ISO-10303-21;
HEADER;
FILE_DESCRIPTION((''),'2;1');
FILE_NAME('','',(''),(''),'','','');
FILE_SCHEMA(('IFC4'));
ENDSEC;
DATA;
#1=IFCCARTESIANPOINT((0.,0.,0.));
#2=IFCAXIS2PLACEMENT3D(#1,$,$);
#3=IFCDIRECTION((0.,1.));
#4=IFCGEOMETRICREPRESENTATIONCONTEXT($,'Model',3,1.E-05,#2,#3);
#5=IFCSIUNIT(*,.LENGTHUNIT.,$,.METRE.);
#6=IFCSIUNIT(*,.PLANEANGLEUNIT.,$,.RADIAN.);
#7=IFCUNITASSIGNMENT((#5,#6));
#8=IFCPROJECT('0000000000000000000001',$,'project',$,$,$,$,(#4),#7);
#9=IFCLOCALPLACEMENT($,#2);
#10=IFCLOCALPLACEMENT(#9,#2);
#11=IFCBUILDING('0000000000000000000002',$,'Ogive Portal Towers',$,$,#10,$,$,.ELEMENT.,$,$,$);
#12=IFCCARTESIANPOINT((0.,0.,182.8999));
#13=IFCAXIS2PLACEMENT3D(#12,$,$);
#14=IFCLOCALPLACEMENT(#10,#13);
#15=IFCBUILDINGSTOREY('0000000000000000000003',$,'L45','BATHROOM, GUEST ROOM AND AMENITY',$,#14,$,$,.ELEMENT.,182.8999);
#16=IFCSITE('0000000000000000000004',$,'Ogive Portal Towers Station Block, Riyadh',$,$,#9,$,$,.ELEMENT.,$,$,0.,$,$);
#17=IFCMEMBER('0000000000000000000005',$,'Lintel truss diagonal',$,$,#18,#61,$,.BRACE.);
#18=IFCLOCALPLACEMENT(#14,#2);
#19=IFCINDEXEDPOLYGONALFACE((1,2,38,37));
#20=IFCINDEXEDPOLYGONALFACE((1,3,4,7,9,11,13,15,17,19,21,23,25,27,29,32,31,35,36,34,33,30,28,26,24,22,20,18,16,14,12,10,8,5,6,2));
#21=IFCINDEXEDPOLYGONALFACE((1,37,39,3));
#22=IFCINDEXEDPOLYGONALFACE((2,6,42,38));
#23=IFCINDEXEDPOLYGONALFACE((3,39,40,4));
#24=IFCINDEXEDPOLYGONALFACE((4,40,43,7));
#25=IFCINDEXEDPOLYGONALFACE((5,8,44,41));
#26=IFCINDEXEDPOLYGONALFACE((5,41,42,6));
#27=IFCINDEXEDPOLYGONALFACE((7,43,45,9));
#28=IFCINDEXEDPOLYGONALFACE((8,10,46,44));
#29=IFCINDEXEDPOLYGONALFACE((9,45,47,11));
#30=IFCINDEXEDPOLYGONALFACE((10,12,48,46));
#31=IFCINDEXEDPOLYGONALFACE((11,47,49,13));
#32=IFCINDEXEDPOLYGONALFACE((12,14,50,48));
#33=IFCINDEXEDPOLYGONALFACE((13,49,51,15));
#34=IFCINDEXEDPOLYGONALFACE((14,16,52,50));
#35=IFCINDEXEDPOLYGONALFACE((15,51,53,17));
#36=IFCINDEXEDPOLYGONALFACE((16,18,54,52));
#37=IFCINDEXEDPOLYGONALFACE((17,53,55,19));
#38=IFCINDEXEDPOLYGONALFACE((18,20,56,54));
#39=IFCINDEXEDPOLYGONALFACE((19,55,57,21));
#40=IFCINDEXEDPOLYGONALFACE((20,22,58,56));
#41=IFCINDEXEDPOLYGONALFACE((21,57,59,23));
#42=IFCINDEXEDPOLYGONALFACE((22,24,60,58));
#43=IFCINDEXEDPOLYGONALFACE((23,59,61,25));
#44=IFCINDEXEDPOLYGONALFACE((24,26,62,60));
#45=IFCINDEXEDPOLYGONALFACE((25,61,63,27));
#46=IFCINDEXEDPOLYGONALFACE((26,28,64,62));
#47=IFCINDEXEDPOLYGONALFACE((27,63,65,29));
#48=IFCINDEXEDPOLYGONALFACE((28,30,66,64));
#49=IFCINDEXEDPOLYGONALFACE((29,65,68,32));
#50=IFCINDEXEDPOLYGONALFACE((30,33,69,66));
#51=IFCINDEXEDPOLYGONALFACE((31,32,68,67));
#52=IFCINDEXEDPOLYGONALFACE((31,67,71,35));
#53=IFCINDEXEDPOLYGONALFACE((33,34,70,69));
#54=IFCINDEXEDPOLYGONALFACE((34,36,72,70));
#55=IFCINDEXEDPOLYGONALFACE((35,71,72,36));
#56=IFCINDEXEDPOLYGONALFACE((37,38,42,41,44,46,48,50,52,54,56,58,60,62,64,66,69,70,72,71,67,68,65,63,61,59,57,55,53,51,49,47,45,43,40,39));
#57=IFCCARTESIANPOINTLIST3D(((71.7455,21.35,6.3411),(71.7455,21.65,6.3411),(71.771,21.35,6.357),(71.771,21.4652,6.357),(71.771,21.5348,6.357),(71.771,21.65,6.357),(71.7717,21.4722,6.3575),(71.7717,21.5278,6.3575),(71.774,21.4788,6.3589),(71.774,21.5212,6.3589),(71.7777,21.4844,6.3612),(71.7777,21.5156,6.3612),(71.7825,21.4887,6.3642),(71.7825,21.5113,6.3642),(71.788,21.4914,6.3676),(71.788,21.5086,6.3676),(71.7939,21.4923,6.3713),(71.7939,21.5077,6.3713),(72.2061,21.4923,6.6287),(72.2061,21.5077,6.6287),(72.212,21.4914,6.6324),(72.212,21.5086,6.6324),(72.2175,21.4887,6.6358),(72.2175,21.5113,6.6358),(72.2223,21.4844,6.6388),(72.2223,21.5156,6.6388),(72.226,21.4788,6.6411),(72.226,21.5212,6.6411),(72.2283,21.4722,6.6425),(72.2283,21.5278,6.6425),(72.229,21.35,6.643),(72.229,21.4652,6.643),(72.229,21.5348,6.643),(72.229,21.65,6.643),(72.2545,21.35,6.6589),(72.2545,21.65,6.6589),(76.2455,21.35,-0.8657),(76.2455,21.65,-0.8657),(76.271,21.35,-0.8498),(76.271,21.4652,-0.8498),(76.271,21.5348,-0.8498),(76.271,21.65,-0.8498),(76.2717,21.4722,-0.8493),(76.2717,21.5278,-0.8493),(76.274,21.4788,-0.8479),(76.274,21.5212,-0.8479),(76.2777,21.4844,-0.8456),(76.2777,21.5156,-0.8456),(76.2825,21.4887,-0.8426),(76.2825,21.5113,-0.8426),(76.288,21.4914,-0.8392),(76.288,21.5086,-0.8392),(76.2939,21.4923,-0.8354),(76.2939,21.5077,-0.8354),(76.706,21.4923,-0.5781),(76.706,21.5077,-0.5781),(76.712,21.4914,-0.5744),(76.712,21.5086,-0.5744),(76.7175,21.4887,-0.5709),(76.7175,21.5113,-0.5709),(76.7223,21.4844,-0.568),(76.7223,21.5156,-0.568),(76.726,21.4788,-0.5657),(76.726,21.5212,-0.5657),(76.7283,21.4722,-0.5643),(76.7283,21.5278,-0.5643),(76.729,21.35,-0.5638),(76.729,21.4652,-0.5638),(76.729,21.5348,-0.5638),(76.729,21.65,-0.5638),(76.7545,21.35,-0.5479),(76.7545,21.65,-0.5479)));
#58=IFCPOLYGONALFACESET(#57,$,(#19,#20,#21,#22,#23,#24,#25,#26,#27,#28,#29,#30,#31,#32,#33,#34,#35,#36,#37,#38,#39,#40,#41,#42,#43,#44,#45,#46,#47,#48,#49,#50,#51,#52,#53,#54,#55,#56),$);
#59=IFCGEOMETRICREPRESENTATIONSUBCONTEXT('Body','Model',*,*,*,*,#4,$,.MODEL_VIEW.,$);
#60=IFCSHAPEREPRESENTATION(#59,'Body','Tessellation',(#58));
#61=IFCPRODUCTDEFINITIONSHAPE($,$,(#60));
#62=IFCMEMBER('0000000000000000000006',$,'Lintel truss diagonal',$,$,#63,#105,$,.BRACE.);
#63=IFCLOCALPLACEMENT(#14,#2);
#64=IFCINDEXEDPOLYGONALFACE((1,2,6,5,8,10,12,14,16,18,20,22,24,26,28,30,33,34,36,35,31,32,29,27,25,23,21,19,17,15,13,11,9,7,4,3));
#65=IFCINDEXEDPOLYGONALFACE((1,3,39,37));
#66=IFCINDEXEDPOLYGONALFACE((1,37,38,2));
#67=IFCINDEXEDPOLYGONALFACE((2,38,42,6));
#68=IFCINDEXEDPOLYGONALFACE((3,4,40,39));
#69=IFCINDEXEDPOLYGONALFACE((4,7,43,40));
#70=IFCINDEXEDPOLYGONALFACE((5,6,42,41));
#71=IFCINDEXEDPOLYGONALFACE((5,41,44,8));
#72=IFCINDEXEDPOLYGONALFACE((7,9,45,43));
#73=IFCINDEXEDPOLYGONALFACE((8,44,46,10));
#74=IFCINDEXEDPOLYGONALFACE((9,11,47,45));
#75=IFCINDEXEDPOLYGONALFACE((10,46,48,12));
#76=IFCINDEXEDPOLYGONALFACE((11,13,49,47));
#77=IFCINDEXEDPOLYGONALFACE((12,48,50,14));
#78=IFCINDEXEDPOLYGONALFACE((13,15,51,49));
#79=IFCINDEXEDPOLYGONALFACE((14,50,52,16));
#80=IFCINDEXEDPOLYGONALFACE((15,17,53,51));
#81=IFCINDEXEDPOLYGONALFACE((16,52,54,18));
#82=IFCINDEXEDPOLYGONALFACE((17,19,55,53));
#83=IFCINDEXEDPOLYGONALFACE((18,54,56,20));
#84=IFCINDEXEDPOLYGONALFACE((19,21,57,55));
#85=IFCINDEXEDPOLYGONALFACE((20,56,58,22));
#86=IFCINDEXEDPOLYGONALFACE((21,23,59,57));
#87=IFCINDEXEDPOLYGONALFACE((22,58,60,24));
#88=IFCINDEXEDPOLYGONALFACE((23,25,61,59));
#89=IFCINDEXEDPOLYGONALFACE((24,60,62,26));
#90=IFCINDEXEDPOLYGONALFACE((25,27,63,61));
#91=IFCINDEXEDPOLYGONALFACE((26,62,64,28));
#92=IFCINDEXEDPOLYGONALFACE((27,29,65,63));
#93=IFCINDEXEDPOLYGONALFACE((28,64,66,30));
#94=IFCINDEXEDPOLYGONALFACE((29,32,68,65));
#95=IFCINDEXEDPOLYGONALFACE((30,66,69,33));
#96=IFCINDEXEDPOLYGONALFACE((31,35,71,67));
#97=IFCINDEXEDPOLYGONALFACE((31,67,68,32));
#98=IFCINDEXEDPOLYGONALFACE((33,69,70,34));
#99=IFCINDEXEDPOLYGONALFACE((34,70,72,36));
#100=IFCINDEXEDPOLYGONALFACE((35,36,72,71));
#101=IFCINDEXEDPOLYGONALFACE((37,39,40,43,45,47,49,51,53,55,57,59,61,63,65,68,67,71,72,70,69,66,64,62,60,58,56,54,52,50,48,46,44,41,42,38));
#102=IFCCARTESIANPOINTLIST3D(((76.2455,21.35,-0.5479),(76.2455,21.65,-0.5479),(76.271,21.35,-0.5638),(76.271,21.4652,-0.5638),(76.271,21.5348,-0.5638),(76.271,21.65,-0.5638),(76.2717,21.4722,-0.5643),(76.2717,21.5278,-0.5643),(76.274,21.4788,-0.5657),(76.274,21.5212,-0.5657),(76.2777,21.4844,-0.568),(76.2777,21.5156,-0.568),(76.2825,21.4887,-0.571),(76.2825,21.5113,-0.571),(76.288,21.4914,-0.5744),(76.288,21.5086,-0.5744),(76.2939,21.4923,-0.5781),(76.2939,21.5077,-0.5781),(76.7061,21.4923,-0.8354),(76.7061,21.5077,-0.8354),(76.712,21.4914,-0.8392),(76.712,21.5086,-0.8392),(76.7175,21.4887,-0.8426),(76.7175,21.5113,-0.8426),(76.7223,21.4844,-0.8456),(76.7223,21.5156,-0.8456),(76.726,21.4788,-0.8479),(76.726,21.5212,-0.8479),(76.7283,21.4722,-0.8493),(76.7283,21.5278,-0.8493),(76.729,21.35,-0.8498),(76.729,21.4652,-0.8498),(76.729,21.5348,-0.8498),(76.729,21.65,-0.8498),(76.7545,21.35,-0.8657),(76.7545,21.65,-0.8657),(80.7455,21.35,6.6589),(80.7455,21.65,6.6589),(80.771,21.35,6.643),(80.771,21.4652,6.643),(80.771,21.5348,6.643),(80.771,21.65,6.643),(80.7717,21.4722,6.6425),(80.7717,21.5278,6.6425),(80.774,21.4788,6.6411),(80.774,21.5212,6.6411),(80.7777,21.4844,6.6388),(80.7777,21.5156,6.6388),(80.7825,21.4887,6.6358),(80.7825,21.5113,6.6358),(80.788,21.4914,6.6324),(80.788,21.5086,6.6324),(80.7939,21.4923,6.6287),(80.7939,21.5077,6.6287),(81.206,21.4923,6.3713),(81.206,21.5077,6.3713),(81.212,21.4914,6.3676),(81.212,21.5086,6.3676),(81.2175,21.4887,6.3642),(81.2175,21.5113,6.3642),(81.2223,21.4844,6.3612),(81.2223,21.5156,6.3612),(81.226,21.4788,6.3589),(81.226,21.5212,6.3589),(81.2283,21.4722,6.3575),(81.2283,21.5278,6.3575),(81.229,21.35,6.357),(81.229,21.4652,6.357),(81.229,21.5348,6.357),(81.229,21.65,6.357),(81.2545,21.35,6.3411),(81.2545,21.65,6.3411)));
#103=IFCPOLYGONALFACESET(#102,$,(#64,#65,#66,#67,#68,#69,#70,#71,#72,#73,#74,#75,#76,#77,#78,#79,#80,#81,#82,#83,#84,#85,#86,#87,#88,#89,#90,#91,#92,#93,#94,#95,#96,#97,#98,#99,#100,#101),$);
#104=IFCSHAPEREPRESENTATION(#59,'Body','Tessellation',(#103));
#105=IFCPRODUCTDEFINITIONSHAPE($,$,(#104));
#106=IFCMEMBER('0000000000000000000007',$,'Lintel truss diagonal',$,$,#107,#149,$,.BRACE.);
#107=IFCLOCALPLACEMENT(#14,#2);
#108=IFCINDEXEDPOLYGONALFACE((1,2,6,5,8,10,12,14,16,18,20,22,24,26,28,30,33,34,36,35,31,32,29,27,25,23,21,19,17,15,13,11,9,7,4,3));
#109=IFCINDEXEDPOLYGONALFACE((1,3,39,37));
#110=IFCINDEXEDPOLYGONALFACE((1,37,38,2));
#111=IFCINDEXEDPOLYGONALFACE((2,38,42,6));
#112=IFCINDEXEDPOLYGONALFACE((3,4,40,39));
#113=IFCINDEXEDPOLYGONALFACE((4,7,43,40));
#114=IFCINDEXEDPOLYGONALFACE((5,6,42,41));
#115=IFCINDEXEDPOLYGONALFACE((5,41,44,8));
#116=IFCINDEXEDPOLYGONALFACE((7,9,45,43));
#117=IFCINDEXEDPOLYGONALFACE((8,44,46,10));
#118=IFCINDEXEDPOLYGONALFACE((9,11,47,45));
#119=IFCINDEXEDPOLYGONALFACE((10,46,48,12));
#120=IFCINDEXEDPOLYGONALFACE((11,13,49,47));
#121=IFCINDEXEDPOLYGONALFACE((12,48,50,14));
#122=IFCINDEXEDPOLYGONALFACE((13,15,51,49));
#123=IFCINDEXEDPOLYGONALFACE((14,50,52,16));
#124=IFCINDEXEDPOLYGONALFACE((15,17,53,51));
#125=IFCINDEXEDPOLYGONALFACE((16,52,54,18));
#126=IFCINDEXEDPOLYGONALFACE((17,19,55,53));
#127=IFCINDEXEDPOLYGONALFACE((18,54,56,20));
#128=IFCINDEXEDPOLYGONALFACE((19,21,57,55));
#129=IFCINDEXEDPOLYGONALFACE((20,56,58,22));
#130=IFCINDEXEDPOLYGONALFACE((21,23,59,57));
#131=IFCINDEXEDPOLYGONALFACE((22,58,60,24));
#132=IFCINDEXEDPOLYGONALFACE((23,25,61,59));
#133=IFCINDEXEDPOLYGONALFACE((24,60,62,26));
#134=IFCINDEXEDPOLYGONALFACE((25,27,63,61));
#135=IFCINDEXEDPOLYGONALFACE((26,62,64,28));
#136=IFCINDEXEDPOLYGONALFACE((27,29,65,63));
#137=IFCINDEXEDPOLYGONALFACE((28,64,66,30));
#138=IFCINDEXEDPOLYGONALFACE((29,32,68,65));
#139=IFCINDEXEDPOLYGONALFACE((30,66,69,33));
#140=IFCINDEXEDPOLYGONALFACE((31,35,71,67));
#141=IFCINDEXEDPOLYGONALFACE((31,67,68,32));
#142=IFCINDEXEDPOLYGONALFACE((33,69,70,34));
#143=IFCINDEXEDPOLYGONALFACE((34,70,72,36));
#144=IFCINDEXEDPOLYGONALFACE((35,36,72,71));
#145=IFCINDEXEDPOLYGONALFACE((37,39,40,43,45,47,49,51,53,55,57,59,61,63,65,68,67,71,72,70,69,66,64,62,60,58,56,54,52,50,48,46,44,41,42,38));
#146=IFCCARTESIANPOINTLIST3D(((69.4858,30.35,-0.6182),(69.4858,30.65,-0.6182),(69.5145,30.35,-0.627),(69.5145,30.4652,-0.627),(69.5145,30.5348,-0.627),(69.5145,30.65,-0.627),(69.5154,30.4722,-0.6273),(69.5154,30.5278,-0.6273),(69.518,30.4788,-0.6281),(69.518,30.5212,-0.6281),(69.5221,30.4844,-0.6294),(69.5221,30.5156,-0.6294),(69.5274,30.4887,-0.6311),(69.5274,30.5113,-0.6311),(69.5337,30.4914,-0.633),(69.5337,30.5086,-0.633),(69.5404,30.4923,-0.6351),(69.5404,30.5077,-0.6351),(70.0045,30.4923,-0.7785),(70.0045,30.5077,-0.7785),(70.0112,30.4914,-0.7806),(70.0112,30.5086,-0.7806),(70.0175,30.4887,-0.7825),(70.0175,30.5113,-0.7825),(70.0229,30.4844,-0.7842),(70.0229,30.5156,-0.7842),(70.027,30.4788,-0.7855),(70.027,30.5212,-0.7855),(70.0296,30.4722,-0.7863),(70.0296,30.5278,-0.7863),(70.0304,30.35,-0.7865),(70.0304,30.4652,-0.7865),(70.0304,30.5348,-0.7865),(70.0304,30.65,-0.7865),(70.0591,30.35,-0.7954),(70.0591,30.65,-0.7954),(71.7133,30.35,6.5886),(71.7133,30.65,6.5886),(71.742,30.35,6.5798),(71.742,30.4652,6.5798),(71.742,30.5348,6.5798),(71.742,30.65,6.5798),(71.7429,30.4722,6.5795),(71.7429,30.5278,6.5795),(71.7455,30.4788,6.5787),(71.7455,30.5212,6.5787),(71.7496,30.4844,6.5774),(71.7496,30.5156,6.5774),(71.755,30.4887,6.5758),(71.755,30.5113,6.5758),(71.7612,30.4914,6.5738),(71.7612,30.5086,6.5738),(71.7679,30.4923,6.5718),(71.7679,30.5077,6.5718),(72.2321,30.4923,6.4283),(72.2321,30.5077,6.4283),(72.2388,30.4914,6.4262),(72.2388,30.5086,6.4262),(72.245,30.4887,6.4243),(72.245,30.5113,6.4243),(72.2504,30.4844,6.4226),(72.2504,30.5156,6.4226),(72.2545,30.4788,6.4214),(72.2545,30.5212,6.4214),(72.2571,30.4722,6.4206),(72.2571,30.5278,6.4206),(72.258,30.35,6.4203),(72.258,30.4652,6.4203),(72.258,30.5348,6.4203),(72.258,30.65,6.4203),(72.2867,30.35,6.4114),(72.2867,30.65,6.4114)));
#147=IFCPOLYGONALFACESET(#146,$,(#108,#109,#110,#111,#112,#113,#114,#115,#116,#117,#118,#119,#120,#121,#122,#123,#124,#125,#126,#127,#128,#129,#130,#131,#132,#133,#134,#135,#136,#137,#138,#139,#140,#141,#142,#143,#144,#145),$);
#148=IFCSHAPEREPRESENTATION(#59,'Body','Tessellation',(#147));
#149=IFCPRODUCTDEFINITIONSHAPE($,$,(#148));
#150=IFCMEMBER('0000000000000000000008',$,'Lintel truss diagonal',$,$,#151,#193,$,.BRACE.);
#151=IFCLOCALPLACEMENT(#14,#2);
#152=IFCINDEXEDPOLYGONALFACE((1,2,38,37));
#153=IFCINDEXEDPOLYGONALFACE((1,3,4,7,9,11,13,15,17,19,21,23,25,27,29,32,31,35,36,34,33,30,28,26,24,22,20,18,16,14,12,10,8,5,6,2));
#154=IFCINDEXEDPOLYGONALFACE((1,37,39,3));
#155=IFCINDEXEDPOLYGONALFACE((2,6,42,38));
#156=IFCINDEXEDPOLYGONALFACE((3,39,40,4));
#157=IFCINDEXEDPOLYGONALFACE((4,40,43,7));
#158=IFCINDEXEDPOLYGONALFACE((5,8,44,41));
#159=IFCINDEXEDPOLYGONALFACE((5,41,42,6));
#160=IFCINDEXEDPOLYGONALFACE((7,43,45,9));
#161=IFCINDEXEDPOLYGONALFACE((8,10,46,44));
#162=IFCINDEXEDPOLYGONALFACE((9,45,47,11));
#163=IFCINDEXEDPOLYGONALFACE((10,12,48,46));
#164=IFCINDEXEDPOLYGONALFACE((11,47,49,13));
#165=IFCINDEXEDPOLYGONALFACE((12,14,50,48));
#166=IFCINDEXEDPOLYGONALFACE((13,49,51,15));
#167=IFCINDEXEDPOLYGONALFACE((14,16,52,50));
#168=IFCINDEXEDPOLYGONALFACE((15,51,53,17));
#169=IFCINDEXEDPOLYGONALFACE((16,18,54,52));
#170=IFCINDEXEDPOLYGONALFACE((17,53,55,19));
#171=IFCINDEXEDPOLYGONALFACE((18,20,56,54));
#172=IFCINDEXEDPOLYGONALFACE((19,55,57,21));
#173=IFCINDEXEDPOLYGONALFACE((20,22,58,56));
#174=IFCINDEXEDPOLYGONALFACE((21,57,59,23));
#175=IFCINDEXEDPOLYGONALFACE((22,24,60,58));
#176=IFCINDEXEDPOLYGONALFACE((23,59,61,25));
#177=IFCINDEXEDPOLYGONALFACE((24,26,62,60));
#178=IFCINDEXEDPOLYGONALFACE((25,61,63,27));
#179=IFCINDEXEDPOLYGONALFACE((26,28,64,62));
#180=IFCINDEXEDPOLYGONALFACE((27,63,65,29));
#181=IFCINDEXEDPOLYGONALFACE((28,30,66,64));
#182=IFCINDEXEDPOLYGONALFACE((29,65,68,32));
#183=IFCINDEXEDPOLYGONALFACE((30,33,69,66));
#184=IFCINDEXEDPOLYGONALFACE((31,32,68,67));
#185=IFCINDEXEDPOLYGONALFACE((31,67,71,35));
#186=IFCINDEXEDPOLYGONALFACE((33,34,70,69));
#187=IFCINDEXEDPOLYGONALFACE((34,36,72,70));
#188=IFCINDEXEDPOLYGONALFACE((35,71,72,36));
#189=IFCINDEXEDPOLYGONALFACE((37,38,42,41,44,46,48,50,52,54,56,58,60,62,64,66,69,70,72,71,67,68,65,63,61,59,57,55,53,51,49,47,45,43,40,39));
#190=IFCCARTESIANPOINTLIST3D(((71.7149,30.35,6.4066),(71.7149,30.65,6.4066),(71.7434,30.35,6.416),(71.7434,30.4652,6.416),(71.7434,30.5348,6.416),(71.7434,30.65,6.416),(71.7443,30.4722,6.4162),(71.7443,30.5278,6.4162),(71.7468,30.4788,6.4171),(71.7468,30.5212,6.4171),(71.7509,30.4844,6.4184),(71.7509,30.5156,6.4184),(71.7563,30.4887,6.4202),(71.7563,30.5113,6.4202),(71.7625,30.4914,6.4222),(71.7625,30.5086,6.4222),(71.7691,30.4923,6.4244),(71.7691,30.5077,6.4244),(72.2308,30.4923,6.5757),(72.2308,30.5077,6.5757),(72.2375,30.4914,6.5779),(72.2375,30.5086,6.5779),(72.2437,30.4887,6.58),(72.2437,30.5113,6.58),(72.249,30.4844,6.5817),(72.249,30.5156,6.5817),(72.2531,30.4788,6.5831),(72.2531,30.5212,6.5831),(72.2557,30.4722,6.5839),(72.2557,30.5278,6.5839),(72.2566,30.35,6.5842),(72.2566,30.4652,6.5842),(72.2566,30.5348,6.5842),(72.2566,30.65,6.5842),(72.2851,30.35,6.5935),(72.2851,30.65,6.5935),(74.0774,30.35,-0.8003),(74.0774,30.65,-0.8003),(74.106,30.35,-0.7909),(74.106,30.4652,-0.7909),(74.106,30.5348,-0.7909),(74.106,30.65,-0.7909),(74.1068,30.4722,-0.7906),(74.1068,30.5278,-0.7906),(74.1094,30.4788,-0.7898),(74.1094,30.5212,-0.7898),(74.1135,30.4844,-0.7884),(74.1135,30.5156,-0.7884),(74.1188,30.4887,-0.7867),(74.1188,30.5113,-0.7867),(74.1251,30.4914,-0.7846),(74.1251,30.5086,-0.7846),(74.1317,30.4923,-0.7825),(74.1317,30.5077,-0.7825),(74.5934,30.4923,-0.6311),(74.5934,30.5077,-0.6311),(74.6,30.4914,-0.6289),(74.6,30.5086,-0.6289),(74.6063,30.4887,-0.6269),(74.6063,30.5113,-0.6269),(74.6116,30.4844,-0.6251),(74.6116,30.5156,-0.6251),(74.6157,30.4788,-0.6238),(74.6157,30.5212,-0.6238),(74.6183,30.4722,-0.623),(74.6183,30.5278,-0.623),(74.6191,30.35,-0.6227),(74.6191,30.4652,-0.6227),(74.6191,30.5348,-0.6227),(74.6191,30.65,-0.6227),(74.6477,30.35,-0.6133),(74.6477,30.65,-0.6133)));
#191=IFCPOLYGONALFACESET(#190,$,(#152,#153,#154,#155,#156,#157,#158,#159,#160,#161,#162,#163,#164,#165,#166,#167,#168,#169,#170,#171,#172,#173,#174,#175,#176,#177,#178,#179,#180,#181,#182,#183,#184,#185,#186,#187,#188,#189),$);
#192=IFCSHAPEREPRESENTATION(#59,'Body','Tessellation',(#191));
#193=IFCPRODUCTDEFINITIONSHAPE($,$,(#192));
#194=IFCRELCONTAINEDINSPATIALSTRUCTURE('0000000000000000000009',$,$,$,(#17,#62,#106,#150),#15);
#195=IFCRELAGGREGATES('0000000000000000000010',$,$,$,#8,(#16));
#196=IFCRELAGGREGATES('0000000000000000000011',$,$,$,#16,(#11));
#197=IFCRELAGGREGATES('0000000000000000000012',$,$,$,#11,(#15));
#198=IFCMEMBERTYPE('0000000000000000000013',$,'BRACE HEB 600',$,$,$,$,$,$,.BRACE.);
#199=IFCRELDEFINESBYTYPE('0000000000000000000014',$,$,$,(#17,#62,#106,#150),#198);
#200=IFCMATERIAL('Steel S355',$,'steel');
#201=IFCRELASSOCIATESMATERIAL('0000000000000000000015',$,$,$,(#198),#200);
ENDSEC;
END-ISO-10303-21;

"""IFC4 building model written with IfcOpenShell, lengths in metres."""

from ifc_helpers import new_model, si_unit, direction, frame, origin, origin_2d, place, context, subcontext, project, spatial, i_section, extrude, material, material_profile, profile_set, type_object, element, save


model = new_model("IFC4")

# Units and contexts
model_context = context("Model", 3, precision=1e-05, world=origin(), true_north=direction((0.0, 1.0)))
body_context = subcontext(model_context, "Body", "Model", "MODEL_VIEW")
ifc_project = project(units=[si_unit("LENGTHUNIT", "METRE"), si_unit("PLANEANGLEUNIT", "RADIAN")], contexts=[model_context])

# Site, building, storey
site_placement = place(None, origin())
site = spatial("IfcSite", under=ifc_project, at=site_placement, Name="Ogive Portal Towers Station Block, Riyadh", CompositionType="ELEMENT", RefElevation=0.0)
building_placement = place(site_placement, origin())
building = spatial("IfcBuilding", under=site, at=building_placement, Name="Ogive Portal Towers", CompositionType="ELEMENT")
storey_placement = place(building_placement, frame((0.0, 0.0, 182.8999)))
storey = spatial("IfcBuildingStorey", under=building, at=storey_placement, Name="L45", Description="BATHROOM, GUEST ROOM AND AMENITY", CompositionType="ELEMENT", Elevation=182.8999)

# Members
ifc_material_1 = material(Name="Steel S355", Category="steel")
ifc_material_profile_1 = material_profile(ifc_material_1, i_section(OverallWidth=0.3, OverallDepth=0.6001, WebThickness=0.0154, FlangeThickness=0.03, FilletRadius=0.0271, at=origin_2d()), Name="HEB 600")
ifc_profile_set_1 = profile_set([ifc_material_profile_1], Name="Steel S355")
member_type_1 = type_object("IfcMemberType", Name="BRACE HEB 600", PredefinedType="BRACE", material=ifc_profile_set_1)
for number, where, z_axis, x_axis, name in (
    (1, (72.0, 21.5, 6.5), (0.52964, 0.0, -0.848223), (0.0, 1.0, 0.0), "Lintel truss diagonal"),
    (2, (76.5, 21.5, -0.7068), (0.52964, 0.0, 0.848223), (0.0, 1.0, 0.0), "Lintel truss diagonal"),
):
    element("IfcMember", number, at=place(storey_placement, frame(where, z_axis=z_axis, x_axis=x_axis)), inside=storey, type_object=member_type_1, Name=name, PredefinedType="BRACE", context=body_context, shape_type="SweptSolid", body=[
        extrude(i_section(OverallWidth=0.3, OverallDepth=0.6001, WebThickness=0.0154, FlangeThickness=0.03, FilletRadius=0.0271, at=origin_2d()), origin(), (0.0, 0.0, 1.0), 8.4963),
    ])
member_1_placement = place(storey_placement, frame((69.7725, 30.5, -0.7068), z_axis=(0.295305, 0.0, 0.955403), x_axis=(0.0, 1.0, 0.0)))
element("IfcMember", 3, at=member_1_placement, inside=storey, type_object=member_type_1, Name="Lintel truss diagonal", PredefinedType="BRACE", context=body_context, shape_type="SweptSolid", body=[
    extrude(i_section(OverallWidth=0.3, OverallDepth=0.6001, WebThickness=0.0154, FlangeThickness=0.03, FilletRadius=0.0271, at=origin_2d()), origin(), (0.0, 0.0, 1.0), 7.5432),
])
member_2_placement = place(storey_placement, frame((74.3625, 30.5, -0.7068), z_axis=(-0.311511, 0.0, 0.950243), x_axis=(0.0, -1.0, 0.0)))
element("IfcMember", 4, at=member_2_placement, inside=storey, type_object=member_type_1, Name="Lintel truss diagonal", PredefinedType="BRACE", context=body_context, shape_type="SweptSolid", body=[
    extrude(i_section(OverallWidth=0.3, OverallDepth=0.6001, WebThickness=0.0154, FlangeThickness=0.03, FilletRadius=0.0271, at=origin_2d()), origin(), (0.0, 0.0, 1.0), 7.5842),
])

save(model, "model.ifc")
